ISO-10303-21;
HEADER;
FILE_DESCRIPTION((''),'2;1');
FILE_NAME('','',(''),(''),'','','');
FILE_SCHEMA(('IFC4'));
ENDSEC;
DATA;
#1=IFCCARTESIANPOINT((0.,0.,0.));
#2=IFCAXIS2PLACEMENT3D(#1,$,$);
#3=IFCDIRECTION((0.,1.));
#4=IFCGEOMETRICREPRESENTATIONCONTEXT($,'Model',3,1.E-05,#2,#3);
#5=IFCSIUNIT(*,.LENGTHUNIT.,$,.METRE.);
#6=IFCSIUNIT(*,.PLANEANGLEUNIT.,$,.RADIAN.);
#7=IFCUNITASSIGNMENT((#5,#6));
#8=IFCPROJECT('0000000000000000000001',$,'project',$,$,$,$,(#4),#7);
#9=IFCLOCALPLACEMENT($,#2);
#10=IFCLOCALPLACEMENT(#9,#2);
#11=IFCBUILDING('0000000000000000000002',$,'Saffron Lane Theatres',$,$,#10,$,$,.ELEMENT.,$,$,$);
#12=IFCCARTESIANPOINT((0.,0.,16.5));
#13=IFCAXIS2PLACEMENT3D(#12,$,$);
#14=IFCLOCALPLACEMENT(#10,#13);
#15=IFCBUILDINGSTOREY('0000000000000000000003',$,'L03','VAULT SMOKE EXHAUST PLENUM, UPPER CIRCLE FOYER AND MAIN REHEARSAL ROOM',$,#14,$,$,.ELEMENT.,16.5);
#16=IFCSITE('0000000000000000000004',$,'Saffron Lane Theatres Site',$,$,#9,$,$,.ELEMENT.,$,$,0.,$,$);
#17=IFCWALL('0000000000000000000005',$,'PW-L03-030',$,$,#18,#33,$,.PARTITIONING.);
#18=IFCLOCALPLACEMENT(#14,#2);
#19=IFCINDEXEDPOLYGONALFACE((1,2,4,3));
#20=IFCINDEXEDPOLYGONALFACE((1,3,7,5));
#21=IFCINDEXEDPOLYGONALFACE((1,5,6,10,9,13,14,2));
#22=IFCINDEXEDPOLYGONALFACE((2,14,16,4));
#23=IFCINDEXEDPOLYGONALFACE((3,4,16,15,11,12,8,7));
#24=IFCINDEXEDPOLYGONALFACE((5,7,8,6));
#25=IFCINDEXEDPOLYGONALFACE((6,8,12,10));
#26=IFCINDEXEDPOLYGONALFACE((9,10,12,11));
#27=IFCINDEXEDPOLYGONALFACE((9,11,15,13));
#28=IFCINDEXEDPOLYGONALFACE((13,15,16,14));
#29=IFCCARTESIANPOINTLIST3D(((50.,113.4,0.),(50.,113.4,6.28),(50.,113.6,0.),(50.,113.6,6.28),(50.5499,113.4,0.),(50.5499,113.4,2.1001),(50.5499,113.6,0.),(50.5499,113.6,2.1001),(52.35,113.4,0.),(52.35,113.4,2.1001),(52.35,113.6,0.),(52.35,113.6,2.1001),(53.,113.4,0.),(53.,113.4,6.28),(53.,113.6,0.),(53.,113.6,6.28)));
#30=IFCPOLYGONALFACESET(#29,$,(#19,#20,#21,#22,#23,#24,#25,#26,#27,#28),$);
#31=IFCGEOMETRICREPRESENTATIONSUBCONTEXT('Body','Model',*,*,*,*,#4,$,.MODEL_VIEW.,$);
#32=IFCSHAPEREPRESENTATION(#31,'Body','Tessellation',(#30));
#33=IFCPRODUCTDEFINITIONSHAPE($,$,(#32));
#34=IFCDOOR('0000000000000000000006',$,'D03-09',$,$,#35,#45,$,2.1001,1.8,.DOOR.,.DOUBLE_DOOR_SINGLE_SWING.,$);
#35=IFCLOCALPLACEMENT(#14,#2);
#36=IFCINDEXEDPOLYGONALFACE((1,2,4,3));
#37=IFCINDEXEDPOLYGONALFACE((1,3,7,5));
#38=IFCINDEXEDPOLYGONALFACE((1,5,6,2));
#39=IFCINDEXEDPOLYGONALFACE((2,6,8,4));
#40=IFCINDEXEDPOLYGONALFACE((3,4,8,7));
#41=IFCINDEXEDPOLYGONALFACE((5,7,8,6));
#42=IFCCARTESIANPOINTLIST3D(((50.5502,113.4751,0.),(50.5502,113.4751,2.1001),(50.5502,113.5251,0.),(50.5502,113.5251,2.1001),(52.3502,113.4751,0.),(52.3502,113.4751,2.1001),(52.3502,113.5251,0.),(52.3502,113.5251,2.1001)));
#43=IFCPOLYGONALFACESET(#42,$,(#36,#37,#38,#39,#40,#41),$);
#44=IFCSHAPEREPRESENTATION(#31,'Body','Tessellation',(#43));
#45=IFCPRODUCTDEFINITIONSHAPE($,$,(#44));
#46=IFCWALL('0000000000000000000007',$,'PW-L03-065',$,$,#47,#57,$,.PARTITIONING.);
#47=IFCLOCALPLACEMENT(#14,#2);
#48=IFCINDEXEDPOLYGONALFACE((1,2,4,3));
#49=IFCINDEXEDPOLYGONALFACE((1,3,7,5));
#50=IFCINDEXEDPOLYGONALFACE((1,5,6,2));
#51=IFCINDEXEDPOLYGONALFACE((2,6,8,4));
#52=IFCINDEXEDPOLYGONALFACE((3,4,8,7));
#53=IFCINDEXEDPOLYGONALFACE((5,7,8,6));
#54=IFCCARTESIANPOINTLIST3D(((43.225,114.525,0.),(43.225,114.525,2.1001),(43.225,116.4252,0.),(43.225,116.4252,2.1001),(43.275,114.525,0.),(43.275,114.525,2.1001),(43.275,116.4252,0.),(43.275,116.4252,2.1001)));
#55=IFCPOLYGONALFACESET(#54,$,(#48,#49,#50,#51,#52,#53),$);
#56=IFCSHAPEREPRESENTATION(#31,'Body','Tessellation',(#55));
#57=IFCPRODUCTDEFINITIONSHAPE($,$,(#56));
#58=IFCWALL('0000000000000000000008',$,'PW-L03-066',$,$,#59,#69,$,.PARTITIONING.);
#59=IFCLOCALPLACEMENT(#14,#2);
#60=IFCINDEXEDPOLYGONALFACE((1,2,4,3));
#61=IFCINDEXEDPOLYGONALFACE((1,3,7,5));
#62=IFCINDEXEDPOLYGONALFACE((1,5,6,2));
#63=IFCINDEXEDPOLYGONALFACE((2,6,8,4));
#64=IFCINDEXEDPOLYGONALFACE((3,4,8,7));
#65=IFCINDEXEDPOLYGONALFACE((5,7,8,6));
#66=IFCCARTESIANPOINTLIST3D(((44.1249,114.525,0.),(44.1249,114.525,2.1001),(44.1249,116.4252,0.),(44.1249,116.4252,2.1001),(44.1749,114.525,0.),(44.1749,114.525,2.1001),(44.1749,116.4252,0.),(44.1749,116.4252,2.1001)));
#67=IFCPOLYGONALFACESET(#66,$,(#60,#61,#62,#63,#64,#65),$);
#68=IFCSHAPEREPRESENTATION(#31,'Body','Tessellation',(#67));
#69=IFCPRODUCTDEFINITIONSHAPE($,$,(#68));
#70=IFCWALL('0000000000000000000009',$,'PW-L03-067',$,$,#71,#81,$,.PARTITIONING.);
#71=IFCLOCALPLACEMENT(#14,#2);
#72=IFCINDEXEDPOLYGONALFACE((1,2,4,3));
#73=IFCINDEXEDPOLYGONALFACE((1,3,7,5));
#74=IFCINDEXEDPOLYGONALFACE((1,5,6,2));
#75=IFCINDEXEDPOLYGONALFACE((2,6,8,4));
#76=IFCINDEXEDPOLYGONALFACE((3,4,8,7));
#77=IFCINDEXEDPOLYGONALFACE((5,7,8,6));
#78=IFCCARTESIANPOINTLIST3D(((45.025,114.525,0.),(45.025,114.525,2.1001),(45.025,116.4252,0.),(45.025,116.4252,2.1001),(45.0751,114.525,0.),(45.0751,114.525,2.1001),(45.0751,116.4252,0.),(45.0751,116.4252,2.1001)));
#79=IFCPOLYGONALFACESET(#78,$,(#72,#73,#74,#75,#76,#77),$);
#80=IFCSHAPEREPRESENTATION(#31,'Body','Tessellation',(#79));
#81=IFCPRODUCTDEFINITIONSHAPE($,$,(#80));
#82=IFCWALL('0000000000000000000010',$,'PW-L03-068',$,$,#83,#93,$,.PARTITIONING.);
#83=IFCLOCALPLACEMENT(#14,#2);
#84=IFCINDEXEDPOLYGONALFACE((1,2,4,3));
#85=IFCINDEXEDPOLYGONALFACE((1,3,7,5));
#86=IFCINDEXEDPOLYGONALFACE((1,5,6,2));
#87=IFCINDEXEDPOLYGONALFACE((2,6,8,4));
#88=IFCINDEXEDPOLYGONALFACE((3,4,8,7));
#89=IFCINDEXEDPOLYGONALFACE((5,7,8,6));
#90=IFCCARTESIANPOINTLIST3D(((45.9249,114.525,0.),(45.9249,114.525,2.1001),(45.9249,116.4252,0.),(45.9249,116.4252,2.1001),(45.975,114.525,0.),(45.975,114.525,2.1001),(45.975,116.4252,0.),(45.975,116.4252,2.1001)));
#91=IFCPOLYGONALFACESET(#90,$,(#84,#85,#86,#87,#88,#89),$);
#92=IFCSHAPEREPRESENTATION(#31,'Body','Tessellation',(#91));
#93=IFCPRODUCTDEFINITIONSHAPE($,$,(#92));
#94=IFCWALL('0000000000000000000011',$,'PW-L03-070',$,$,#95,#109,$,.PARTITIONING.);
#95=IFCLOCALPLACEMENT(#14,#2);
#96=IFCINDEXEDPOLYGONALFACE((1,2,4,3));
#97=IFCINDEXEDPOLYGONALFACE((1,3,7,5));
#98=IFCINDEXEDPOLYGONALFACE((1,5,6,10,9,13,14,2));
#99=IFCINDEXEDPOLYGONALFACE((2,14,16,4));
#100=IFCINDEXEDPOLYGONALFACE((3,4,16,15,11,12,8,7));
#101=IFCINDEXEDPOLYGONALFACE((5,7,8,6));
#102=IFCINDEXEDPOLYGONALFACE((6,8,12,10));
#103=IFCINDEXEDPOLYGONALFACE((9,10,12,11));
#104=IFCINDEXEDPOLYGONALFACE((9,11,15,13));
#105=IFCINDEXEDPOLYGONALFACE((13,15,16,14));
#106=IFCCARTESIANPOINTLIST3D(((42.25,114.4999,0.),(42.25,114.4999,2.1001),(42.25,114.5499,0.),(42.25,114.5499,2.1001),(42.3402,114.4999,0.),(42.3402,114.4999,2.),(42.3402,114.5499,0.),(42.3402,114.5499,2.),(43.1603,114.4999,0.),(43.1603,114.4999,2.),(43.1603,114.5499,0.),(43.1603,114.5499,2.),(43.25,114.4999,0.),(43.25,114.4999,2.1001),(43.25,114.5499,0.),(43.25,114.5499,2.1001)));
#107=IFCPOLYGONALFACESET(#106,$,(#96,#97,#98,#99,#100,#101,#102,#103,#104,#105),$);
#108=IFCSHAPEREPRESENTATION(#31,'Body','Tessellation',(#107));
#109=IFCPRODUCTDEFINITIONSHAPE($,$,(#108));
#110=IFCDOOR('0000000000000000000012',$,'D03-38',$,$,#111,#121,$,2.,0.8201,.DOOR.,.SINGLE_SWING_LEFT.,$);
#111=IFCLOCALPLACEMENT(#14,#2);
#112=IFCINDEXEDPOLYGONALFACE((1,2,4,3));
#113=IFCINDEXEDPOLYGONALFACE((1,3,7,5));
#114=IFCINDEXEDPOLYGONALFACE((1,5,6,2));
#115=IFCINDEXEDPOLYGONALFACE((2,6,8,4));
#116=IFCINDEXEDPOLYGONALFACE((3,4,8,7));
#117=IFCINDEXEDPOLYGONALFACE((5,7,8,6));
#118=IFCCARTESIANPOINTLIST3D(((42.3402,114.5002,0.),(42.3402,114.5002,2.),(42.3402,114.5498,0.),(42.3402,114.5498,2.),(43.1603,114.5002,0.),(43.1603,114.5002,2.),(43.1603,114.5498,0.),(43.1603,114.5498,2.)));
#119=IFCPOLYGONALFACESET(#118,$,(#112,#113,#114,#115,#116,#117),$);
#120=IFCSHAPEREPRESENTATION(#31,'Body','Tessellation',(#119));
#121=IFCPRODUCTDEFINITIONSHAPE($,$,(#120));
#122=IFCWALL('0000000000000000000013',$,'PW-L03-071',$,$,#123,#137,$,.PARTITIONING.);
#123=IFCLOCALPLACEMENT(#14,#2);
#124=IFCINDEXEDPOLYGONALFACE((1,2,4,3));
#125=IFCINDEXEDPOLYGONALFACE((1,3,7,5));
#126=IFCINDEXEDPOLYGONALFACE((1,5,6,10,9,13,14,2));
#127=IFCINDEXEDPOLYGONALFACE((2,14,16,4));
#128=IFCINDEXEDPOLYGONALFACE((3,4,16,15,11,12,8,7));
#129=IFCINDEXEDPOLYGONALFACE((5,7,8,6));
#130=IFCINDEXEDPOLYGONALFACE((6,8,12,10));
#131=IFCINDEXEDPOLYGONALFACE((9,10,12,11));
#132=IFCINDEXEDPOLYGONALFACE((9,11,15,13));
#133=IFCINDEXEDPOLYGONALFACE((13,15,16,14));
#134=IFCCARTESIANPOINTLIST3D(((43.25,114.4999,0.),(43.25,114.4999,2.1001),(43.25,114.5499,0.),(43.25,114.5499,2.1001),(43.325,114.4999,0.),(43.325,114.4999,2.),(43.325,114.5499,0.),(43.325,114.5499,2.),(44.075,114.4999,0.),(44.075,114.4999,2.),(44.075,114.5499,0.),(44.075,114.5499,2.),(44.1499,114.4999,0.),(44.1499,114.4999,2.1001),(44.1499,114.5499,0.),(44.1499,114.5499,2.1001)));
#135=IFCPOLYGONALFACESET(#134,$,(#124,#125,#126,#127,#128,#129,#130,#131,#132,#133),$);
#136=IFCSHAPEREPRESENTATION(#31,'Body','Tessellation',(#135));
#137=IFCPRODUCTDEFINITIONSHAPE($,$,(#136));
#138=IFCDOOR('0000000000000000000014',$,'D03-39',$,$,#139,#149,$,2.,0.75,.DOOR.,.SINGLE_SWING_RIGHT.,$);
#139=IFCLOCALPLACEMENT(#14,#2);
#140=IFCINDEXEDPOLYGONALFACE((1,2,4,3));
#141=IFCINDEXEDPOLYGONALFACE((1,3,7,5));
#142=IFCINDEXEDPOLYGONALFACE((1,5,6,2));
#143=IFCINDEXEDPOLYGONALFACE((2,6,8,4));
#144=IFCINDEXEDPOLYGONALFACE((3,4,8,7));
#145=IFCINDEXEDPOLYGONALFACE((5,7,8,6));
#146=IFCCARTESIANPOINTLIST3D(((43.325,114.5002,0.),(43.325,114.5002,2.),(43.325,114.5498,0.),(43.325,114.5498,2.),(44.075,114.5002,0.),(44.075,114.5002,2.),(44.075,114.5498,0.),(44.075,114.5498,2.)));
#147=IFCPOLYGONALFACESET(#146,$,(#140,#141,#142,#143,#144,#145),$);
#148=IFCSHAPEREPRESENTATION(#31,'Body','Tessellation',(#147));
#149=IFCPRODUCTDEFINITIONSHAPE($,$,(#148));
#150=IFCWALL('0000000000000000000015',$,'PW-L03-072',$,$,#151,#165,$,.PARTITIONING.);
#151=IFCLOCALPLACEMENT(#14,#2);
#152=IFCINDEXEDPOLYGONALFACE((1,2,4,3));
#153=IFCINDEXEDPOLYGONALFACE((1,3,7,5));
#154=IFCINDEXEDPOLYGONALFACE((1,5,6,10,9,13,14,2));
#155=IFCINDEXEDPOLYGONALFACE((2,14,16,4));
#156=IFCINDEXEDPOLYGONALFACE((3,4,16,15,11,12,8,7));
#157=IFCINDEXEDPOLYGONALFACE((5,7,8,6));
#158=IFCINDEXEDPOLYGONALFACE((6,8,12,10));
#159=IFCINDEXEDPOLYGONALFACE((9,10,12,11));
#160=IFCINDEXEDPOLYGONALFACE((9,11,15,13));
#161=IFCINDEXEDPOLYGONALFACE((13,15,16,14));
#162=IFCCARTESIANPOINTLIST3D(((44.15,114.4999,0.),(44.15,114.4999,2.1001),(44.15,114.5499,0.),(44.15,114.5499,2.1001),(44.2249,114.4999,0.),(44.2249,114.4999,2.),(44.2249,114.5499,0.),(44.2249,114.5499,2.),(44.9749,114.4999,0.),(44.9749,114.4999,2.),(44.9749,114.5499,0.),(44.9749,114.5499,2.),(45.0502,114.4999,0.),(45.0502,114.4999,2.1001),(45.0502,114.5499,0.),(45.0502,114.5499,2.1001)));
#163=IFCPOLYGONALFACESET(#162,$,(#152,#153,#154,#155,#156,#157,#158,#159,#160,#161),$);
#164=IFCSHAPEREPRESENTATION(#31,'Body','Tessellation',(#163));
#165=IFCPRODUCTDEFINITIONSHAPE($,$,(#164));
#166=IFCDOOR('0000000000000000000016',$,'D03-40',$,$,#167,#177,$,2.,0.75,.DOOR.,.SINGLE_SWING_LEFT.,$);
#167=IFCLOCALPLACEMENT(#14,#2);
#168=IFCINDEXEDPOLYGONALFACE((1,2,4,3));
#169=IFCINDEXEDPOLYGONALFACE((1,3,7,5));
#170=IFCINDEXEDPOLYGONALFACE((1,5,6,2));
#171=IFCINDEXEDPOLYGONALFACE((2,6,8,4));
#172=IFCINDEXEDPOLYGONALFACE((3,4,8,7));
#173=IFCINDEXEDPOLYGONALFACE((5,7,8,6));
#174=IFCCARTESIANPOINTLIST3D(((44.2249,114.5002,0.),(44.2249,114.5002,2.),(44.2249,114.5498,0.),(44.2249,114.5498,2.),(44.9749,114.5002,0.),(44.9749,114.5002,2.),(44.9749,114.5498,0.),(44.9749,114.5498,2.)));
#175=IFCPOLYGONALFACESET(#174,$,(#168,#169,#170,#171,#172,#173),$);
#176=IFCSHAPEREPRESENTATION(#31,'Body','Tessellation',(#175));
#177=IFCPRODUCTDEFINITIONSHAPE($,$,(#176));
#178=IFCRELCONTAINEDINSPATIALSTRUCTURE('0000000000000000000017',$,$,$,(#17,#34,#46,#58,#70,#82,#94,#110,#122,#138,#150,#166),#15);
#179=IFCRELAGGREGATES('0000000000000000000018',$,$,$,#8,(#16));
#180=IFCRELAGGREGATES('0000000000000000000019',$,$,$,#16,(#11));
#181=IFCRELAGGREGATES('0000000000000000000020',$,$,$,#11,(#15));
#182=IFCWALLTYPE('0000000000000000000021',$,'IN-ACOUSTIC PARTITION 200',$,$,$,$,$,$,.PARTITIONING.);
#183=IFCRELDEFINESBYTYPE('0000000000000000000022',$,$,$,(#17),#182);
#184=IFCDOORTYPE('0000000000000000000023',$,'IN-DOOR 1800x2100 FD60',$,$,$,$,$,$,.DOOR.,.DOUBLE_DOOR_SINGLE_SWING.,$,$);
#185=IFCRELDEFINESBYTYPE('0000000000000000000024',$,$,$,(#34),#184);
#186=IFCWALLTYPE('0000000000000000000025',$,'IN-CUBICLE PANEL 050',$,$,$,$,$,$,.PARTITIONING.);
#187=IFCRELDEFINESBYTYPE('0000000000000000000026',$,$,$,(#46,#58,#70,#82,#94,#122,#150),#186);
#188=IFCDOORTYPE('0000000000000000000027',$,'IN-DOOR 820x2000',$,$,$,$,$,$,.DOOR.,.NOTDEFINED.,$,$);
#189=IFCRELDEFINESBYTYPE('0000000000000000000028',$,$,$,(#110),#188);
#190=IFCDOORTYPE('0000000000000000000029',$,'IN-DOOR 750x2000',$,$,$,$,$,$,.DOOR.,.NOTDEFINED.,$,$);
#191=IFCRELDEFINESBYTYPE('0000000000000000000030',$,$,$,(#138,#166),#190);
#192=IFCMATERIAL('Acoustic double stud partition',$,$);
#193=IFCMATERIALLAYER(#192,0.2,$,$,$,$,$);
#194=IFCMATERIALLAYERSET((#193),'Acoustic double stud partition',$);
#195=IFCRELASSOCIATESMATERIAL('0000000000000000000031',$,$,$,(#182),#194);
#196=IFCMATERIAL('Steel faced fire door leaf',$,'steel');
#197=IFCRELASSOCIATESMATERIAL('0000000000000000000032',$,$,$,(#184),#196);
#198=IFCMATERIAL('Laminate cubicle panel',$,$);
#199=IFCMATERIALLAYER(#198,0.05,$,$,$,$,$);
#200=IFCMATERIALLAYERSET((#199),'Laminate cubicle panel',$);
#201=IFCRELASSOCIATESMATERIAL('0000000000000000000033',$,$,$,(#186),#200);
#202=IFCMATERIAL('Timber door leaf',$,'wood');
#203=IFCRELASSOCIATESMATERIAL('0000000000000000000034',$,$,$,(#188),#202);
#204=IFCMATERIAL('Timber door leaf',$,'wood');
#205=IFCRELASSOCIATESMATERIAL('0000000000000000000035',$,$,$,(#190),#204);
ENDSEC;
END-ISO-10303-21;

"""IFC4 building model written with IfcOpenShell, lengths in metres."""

from ifc_helpers import new_model, si_unit, direction, frame, frame_2d, origin, place, context, subcontext, project, spatial, rectangle, extrude, material, layer, layer_set, type_object, element, fill, save


model = new_model("IFC4")

# Units and contexts
model_context = context("Model", 3, precision=1e-05, world=origin(), true_north=direction((0.0, 1.0)))
body_context = subcontext(model_context, "Body", "Model", "MODEL_VIEW")
ifc_project = project(units=[si_unit("LENGTHUNIT", "METRE"), si_unit("PLANEANGLEUNIT", "RADIAN")], contexts=[model_context])

# Site, building, storey
site_placement = place(None, origin())
site = spatial("IfcSite", under=ifc_project, at=site_placement, Name="Saffron Lane Theatres Site", CompositionType="ELEMENT", RefElevation=0.0)
building_placement = place(site_placement, origin())
building = spatial("IfcBuilding", under=site, at=building_placement, Name="Saffron Lane Theatres", CompositionType="ELEMENT")
storey_placement = place(building_placement, frame((0.0, 0.0, 16.5)))
storey = spatial("IfcBuildingStorey", under=building, at=storey_placement, Name="L03", Description="VAULT SMOKE EXHAUST PLENUM, UPPER CIRCLE FOYER AND MAIN REHEARSAL ROOM", CompositionType="ELEMENT", Elevation=16.5)

# Shared definitions
ifc_material_1 = material(Name="Acoustic double stud partition")
ifc_layer_1 = layer(ifc_material_1, 0.2)
ifc_layer_set_1 = layer_set([ifc_layer_1], Name="Acoustic double stud partition")
wall_type_1 = type_object("IfcWallType", Name="IN-ACOUSTIC PARTITION 200", PredefinedType="PARTITIONING", material=ifc_layer_set_1)

# Wall, opening, door
wall_1_placement = place(storey_placement, frame((50.0, 113.5, 0.0), z_axis=(0.0, 0.0, 1.0), x_axis=(1.0, 0.0, 0.0)))
wall_1 = element("IfcWall", 1, at=wall_1_placement, inside=storey, type_object=wall_type_1, Name="PW-L03-030", PredefinedType="PARTITIONING", context=body_context, shape_type="SweptSolid", body=[
    extrude(rectangle(XDim=3.0, YDim=0.2, at=frame_2d((1.5, 0.0))), origin(), (0.0, 0.0, 1.0), 6.28),
])
opening_1_placement = place(wall_1_placement, frame((0.55, 0.0, 0.0)))
opening_1 = element("IfcOpeningElement", 2, at=opening_1_placement, cuts=wall_1, PredefinedType="OPENING", context=body_context, shape_type="SweptSolid", body=[
    extrude(rectangle(XDim=1.8, YDim=2.1001, at=frame_2d((0.8999, 1.05))), frame((0.0, 0.1099, 0.0), z_axis=(0.0, -1.0, 0.0), x_axis=(1.0, 0.0, 0.0)), (0.0, 0.0, 1.0), 0.22),
])
ifc_material_2 = material(Name="Steel faced fire door leaf", Category="steel")
door_type_1 = type_object("IfcDoorType", Name="IN-DOOR 1800x2100 FD60", OperationType="DOUBLE_DOOR_SINGLE_SWING", PredefinedType="DOOR", material=ifc_material_2)
door_1_placement = place(opening_1_placement, frame((1.8, 0.0, 0.0), z_axis=(0.0, 0.0, 1.0), x_axis=(-1.0, 0.0, 0.0)))
door_1 = element("IfcDoor", 3, at=door_1_placement, inside=storey, type_object=door_type_1, Name="D03-09", OperationType="DOUBLE_DOOR_SINGLE_SWING", OverallHeight=2.1001, OverallWidth=1.8, PredefinedType="DOOR", context=body_context, shape_type="SweptSolid", body=[
    extrude(rectangle(XDim=1.8, YDim=2.1001, at=frame_2d((0.8999, 1.05))), frame((0.0, 0.0249, 0.0), z_axis=(0.0, -1.0, 0.0), x_axis=(1.0, 0.0, 0.0)), (0.0, 0.0, 1.0), 0.05),
])
fill(opening_1, door_1)

# Walls
ifc_material_3 = material(Name="Laminate cubicle panel")
ifc_layer_2 = layer(ifc_material_3, 0.05)
ifc_layer_set_2 = layer_set([ifc_layer_2], Name="Laminate cubicle panel")
wall_type_2 = type_object("IfcWallType", Name="IN-CUBICLE PANEL 050", PredefinedType="PARTITIONING", material=ifc_layer_set_2)
for number, where, z_axis, x_axis, name in (
    (4, (43.25, 114.5249, 0.0), (0.0, 0.0, 1.0), (0.0, 1.0, 0.0), "PW-L03-065"),
    (5, (44.1499, 114.5249, 0.0), (0.0, 0.0, 1.0), (0.0, 1.0, 0.0), "PW-L03-066"),
    (6, (45.05, 114.5249, 0.0), (0.0, 0.0, 1.0), (0.0, 1.0, 0.0), "PW-L03-067"),
    (7, (45.95, 114.5249, 0.0), (0.0, 0.0, 1.0), (0.0, 1.0, 0.0), "PW-L03-068"),
):
    element("IfcWall", number, at=place(storey_placement, frame(where, z_axis=z_axis, x_axis=x_axis)), inside=storey, type_object=wall_type_2, Name=name, PredefinedType="PARTITIONING", context=body_context, shape_type="SweptSolid", body=[
        extrude(rectangle(XDim=1.9001, YDim=0.05, at=frame_2d((0.9502, 0.0))), origin(), (0.0, 0.0, 1.0), 2.1001),
    ])

# Walls, openings, doors
wall_2_placement = place(storey_placement, frame((42.25, 114.5249, 0.0), z_axis=(0.0, 0.0, 1.0), x_axis=(1.0, 0.0, 0.0)))
wall_2 = element("IfcWall", 8, at=wall_2_placement, inside=storey, type_object=wall_type_2, Name="PW-L03-070", PredefinedType="PARTITIONING", context=body_context, shape_type="SweptSolid", body=[
    extrude(rectangle(XDim=1.0, YDim=0.05, at=frame_2d((0.5, 0.0))), origin(), (0.0, 0.0, 1.0), 2.1001),
])
opening_2_placement = place(wall_2_placement, frame((0.0901, 0.0, 0.0)))
opening_2 = element("IfcOpeningElement", 9, at=opening_2_placement, cuts=wall_2, PredefinedType="OPENING", context=body_context, shape_type="SweptSolid", body=[
    extrude(rectangle(XDim=0.8201, YDim=2.0, at=frame_2d((0.4102, 1.0))), frame((0.0, 0.0352, 0.0), z_axis=(0.0, -1.0, 0.0), x_axis=(1.0, 0.0, 0.0)), (0.0, 0.0, 1.0), 0.0701),
])
ifc_material_4 = material(Name="Timber door leaf", Category="wood")
door_type_2 = type_object("IfcDoorType", Name="IN-DOOR 820x2000", OperationType="NOTDEFINED", PredefinedType="DOOR", material=ifc_material_4)
door_2_placement = place(opening_2_placement, origin())
door_2 = element("IfcDoor", 10, at=door_2_placement, inside=storey, type_object=door_type_2, Name="D03-38", OperationType="SINGLE_SWING_LEFT", OverallHeight=2.0, OverallWidth=0.8201, PredefinedType="DOOR", context=body_context, shape_type="SweptSolid", body=[
    extrude(rectangle(XDim=0.8201, YDim=2.0, at=frame_2d((0.4102, 1.0))), frame((0.0, 0.0249, 0.0), z_axis=(0.0, -1.0, 0.0), x_axis=(1.0, 0.0, 0.0)), (0.0, 0.0, 1.0), 0.0496),
])
fill(opening_2, door_2)
wall_3_placement = place(storey_placement, frame((43.25, 114.5249, 0.0), z_axis=(0.0, 0.0, 1.0), x_axis=(1.0, 0.0, 0.0)))
wall_3 = element("IfcWall", 11, at=wall_3_placement, inside=storey, type_object=wall_type_2, Name="PW-L03-071", PredefinedType="PARTITIONING", context=body_context, shape_type="SweptSolid", body=[
    extrude(rectangle(XDim=0.8999, YDim=0.05, at=frame_2d((0.45, 0.0))), origin(), (0.0, 0.0, 1.0), 2.1001),
])
opening_3_placement = place(wall_3_placement, frame((0.075, 0.0, 0.0)))
opening_3 = element("IfcOpeningElement", 12, at=opening_3_placement, cuts=wall_3, PredefinedType="OPENING", context=body_context, shape_type="SweptSolid", body=[
    extrude(rectangle(XDim=0.75, YDim=2.0, at=frame_2d((0.375, 1.0))), frame((0.0, 0.0352, 0.0), z_axis=(0.0, -1.0, 0.0), x_axis=(1.0, 0.0, 0.0)), (0.0, 0.0, 1.0), 0.0701),
])
ifc_material_5 = material(Name="Timber door leaf", Category="wood")
door_type_3 = type_object("IfcDoorType", Name="IN-DOOR 750x2000", OperationType="NOTDEFINED", PredefinedType="DOOR", material=ifc_material_5)
door_3_placement = place(opening_3_placement, origin())
door_3 = element("IfcDoor", 13, at=door_3_placement, inside=storey, type_object=door_type_3, Name="D03-39", OperationType="SINGLE_SWING_RIGHT", OverallHeight=2.0, OverallWidth=0.75, PredefinedType="DOOR", context=body_context, shape_type="SweptSolid", body=[
    extrude(rectangle(XDim=0.75, YDim=2.0, at=frame_2d((0.375, 1.0))), frame((0.0, 0.0249, 0.0), z_axis=(0.0, -1.0, 0.0), x_axis=(1.0, 0.0, 0.0)), (0.0, 0.0, 1.0), 0.0496),
])
fill(opening_3, door_3)
wall_4_placement = place(storey_placement, frame((44.1499, 114.5249, 0.0), z_axis=(0.0, 0.0, 1.0), x_axis=(1.0, 0.0, 0.0)))
wall_4 = element("IfcWall", 14, at=wall_4_placement, inside=storey, type_object=wall_type_2, Name="PW-L03-072", PredefinedType="PARTITIONING", context=body_context, shape_type="SweptSolid", body=[
    extrude(rectangle(XDim=0.9001, YDim=0.05, at=frame_2d((0.4502, 0.0))), origin(), (0.0, 0.0, 1.0), 2.1001),
])
opening_4_placement = place(wall_4_placement, frame((0.075, 0.0, 0.0)))
opening_4 = element("IfcOpeningElement", 15, at=opening_4_placement, cuts=wall_4, PredefinedType="OPENING", context=body_context, shape_type="SweptSolid", body=[
    extrude(rectangle(XDim=0.75, YDim=2.0, at=frame_2d((0.375, 1.0))), frame((0.0, 0.0352, 0.0), z_axis=(0.0, -1.0, 0.0), x_axis=(1.0, 0.0, 0.0)), (0.0, 0.0, 1.0), 0.0701),
])
door_4_placement = place(opening_4_placement, origin())
door_4 = element("IfcDoor", 16, at=door_4_placement, inside=storey, type_object=door_type_3, Name="D03-40", OperationType="SINGLE_SWING_LEFT", OverallHeight=2.0, OverallWidth=0.75, PredefinedType="DOOR", context=body_context, shape_type="SweptSolid", body=[
    extrude(rectangle(XDim=0.75, YDim=2.0, at=frame_2d((0.375, 1.0))), frame((0.0, 0.0249, 0.0), z_axis=(0.0, -1.0, 0.0), x_axis=(1.0, 0.0, 0.0)), (0.0, 0.0, 1.0), 0.0496),
])
fill(opening_4, door_4)

save(model, "model.ifc")
